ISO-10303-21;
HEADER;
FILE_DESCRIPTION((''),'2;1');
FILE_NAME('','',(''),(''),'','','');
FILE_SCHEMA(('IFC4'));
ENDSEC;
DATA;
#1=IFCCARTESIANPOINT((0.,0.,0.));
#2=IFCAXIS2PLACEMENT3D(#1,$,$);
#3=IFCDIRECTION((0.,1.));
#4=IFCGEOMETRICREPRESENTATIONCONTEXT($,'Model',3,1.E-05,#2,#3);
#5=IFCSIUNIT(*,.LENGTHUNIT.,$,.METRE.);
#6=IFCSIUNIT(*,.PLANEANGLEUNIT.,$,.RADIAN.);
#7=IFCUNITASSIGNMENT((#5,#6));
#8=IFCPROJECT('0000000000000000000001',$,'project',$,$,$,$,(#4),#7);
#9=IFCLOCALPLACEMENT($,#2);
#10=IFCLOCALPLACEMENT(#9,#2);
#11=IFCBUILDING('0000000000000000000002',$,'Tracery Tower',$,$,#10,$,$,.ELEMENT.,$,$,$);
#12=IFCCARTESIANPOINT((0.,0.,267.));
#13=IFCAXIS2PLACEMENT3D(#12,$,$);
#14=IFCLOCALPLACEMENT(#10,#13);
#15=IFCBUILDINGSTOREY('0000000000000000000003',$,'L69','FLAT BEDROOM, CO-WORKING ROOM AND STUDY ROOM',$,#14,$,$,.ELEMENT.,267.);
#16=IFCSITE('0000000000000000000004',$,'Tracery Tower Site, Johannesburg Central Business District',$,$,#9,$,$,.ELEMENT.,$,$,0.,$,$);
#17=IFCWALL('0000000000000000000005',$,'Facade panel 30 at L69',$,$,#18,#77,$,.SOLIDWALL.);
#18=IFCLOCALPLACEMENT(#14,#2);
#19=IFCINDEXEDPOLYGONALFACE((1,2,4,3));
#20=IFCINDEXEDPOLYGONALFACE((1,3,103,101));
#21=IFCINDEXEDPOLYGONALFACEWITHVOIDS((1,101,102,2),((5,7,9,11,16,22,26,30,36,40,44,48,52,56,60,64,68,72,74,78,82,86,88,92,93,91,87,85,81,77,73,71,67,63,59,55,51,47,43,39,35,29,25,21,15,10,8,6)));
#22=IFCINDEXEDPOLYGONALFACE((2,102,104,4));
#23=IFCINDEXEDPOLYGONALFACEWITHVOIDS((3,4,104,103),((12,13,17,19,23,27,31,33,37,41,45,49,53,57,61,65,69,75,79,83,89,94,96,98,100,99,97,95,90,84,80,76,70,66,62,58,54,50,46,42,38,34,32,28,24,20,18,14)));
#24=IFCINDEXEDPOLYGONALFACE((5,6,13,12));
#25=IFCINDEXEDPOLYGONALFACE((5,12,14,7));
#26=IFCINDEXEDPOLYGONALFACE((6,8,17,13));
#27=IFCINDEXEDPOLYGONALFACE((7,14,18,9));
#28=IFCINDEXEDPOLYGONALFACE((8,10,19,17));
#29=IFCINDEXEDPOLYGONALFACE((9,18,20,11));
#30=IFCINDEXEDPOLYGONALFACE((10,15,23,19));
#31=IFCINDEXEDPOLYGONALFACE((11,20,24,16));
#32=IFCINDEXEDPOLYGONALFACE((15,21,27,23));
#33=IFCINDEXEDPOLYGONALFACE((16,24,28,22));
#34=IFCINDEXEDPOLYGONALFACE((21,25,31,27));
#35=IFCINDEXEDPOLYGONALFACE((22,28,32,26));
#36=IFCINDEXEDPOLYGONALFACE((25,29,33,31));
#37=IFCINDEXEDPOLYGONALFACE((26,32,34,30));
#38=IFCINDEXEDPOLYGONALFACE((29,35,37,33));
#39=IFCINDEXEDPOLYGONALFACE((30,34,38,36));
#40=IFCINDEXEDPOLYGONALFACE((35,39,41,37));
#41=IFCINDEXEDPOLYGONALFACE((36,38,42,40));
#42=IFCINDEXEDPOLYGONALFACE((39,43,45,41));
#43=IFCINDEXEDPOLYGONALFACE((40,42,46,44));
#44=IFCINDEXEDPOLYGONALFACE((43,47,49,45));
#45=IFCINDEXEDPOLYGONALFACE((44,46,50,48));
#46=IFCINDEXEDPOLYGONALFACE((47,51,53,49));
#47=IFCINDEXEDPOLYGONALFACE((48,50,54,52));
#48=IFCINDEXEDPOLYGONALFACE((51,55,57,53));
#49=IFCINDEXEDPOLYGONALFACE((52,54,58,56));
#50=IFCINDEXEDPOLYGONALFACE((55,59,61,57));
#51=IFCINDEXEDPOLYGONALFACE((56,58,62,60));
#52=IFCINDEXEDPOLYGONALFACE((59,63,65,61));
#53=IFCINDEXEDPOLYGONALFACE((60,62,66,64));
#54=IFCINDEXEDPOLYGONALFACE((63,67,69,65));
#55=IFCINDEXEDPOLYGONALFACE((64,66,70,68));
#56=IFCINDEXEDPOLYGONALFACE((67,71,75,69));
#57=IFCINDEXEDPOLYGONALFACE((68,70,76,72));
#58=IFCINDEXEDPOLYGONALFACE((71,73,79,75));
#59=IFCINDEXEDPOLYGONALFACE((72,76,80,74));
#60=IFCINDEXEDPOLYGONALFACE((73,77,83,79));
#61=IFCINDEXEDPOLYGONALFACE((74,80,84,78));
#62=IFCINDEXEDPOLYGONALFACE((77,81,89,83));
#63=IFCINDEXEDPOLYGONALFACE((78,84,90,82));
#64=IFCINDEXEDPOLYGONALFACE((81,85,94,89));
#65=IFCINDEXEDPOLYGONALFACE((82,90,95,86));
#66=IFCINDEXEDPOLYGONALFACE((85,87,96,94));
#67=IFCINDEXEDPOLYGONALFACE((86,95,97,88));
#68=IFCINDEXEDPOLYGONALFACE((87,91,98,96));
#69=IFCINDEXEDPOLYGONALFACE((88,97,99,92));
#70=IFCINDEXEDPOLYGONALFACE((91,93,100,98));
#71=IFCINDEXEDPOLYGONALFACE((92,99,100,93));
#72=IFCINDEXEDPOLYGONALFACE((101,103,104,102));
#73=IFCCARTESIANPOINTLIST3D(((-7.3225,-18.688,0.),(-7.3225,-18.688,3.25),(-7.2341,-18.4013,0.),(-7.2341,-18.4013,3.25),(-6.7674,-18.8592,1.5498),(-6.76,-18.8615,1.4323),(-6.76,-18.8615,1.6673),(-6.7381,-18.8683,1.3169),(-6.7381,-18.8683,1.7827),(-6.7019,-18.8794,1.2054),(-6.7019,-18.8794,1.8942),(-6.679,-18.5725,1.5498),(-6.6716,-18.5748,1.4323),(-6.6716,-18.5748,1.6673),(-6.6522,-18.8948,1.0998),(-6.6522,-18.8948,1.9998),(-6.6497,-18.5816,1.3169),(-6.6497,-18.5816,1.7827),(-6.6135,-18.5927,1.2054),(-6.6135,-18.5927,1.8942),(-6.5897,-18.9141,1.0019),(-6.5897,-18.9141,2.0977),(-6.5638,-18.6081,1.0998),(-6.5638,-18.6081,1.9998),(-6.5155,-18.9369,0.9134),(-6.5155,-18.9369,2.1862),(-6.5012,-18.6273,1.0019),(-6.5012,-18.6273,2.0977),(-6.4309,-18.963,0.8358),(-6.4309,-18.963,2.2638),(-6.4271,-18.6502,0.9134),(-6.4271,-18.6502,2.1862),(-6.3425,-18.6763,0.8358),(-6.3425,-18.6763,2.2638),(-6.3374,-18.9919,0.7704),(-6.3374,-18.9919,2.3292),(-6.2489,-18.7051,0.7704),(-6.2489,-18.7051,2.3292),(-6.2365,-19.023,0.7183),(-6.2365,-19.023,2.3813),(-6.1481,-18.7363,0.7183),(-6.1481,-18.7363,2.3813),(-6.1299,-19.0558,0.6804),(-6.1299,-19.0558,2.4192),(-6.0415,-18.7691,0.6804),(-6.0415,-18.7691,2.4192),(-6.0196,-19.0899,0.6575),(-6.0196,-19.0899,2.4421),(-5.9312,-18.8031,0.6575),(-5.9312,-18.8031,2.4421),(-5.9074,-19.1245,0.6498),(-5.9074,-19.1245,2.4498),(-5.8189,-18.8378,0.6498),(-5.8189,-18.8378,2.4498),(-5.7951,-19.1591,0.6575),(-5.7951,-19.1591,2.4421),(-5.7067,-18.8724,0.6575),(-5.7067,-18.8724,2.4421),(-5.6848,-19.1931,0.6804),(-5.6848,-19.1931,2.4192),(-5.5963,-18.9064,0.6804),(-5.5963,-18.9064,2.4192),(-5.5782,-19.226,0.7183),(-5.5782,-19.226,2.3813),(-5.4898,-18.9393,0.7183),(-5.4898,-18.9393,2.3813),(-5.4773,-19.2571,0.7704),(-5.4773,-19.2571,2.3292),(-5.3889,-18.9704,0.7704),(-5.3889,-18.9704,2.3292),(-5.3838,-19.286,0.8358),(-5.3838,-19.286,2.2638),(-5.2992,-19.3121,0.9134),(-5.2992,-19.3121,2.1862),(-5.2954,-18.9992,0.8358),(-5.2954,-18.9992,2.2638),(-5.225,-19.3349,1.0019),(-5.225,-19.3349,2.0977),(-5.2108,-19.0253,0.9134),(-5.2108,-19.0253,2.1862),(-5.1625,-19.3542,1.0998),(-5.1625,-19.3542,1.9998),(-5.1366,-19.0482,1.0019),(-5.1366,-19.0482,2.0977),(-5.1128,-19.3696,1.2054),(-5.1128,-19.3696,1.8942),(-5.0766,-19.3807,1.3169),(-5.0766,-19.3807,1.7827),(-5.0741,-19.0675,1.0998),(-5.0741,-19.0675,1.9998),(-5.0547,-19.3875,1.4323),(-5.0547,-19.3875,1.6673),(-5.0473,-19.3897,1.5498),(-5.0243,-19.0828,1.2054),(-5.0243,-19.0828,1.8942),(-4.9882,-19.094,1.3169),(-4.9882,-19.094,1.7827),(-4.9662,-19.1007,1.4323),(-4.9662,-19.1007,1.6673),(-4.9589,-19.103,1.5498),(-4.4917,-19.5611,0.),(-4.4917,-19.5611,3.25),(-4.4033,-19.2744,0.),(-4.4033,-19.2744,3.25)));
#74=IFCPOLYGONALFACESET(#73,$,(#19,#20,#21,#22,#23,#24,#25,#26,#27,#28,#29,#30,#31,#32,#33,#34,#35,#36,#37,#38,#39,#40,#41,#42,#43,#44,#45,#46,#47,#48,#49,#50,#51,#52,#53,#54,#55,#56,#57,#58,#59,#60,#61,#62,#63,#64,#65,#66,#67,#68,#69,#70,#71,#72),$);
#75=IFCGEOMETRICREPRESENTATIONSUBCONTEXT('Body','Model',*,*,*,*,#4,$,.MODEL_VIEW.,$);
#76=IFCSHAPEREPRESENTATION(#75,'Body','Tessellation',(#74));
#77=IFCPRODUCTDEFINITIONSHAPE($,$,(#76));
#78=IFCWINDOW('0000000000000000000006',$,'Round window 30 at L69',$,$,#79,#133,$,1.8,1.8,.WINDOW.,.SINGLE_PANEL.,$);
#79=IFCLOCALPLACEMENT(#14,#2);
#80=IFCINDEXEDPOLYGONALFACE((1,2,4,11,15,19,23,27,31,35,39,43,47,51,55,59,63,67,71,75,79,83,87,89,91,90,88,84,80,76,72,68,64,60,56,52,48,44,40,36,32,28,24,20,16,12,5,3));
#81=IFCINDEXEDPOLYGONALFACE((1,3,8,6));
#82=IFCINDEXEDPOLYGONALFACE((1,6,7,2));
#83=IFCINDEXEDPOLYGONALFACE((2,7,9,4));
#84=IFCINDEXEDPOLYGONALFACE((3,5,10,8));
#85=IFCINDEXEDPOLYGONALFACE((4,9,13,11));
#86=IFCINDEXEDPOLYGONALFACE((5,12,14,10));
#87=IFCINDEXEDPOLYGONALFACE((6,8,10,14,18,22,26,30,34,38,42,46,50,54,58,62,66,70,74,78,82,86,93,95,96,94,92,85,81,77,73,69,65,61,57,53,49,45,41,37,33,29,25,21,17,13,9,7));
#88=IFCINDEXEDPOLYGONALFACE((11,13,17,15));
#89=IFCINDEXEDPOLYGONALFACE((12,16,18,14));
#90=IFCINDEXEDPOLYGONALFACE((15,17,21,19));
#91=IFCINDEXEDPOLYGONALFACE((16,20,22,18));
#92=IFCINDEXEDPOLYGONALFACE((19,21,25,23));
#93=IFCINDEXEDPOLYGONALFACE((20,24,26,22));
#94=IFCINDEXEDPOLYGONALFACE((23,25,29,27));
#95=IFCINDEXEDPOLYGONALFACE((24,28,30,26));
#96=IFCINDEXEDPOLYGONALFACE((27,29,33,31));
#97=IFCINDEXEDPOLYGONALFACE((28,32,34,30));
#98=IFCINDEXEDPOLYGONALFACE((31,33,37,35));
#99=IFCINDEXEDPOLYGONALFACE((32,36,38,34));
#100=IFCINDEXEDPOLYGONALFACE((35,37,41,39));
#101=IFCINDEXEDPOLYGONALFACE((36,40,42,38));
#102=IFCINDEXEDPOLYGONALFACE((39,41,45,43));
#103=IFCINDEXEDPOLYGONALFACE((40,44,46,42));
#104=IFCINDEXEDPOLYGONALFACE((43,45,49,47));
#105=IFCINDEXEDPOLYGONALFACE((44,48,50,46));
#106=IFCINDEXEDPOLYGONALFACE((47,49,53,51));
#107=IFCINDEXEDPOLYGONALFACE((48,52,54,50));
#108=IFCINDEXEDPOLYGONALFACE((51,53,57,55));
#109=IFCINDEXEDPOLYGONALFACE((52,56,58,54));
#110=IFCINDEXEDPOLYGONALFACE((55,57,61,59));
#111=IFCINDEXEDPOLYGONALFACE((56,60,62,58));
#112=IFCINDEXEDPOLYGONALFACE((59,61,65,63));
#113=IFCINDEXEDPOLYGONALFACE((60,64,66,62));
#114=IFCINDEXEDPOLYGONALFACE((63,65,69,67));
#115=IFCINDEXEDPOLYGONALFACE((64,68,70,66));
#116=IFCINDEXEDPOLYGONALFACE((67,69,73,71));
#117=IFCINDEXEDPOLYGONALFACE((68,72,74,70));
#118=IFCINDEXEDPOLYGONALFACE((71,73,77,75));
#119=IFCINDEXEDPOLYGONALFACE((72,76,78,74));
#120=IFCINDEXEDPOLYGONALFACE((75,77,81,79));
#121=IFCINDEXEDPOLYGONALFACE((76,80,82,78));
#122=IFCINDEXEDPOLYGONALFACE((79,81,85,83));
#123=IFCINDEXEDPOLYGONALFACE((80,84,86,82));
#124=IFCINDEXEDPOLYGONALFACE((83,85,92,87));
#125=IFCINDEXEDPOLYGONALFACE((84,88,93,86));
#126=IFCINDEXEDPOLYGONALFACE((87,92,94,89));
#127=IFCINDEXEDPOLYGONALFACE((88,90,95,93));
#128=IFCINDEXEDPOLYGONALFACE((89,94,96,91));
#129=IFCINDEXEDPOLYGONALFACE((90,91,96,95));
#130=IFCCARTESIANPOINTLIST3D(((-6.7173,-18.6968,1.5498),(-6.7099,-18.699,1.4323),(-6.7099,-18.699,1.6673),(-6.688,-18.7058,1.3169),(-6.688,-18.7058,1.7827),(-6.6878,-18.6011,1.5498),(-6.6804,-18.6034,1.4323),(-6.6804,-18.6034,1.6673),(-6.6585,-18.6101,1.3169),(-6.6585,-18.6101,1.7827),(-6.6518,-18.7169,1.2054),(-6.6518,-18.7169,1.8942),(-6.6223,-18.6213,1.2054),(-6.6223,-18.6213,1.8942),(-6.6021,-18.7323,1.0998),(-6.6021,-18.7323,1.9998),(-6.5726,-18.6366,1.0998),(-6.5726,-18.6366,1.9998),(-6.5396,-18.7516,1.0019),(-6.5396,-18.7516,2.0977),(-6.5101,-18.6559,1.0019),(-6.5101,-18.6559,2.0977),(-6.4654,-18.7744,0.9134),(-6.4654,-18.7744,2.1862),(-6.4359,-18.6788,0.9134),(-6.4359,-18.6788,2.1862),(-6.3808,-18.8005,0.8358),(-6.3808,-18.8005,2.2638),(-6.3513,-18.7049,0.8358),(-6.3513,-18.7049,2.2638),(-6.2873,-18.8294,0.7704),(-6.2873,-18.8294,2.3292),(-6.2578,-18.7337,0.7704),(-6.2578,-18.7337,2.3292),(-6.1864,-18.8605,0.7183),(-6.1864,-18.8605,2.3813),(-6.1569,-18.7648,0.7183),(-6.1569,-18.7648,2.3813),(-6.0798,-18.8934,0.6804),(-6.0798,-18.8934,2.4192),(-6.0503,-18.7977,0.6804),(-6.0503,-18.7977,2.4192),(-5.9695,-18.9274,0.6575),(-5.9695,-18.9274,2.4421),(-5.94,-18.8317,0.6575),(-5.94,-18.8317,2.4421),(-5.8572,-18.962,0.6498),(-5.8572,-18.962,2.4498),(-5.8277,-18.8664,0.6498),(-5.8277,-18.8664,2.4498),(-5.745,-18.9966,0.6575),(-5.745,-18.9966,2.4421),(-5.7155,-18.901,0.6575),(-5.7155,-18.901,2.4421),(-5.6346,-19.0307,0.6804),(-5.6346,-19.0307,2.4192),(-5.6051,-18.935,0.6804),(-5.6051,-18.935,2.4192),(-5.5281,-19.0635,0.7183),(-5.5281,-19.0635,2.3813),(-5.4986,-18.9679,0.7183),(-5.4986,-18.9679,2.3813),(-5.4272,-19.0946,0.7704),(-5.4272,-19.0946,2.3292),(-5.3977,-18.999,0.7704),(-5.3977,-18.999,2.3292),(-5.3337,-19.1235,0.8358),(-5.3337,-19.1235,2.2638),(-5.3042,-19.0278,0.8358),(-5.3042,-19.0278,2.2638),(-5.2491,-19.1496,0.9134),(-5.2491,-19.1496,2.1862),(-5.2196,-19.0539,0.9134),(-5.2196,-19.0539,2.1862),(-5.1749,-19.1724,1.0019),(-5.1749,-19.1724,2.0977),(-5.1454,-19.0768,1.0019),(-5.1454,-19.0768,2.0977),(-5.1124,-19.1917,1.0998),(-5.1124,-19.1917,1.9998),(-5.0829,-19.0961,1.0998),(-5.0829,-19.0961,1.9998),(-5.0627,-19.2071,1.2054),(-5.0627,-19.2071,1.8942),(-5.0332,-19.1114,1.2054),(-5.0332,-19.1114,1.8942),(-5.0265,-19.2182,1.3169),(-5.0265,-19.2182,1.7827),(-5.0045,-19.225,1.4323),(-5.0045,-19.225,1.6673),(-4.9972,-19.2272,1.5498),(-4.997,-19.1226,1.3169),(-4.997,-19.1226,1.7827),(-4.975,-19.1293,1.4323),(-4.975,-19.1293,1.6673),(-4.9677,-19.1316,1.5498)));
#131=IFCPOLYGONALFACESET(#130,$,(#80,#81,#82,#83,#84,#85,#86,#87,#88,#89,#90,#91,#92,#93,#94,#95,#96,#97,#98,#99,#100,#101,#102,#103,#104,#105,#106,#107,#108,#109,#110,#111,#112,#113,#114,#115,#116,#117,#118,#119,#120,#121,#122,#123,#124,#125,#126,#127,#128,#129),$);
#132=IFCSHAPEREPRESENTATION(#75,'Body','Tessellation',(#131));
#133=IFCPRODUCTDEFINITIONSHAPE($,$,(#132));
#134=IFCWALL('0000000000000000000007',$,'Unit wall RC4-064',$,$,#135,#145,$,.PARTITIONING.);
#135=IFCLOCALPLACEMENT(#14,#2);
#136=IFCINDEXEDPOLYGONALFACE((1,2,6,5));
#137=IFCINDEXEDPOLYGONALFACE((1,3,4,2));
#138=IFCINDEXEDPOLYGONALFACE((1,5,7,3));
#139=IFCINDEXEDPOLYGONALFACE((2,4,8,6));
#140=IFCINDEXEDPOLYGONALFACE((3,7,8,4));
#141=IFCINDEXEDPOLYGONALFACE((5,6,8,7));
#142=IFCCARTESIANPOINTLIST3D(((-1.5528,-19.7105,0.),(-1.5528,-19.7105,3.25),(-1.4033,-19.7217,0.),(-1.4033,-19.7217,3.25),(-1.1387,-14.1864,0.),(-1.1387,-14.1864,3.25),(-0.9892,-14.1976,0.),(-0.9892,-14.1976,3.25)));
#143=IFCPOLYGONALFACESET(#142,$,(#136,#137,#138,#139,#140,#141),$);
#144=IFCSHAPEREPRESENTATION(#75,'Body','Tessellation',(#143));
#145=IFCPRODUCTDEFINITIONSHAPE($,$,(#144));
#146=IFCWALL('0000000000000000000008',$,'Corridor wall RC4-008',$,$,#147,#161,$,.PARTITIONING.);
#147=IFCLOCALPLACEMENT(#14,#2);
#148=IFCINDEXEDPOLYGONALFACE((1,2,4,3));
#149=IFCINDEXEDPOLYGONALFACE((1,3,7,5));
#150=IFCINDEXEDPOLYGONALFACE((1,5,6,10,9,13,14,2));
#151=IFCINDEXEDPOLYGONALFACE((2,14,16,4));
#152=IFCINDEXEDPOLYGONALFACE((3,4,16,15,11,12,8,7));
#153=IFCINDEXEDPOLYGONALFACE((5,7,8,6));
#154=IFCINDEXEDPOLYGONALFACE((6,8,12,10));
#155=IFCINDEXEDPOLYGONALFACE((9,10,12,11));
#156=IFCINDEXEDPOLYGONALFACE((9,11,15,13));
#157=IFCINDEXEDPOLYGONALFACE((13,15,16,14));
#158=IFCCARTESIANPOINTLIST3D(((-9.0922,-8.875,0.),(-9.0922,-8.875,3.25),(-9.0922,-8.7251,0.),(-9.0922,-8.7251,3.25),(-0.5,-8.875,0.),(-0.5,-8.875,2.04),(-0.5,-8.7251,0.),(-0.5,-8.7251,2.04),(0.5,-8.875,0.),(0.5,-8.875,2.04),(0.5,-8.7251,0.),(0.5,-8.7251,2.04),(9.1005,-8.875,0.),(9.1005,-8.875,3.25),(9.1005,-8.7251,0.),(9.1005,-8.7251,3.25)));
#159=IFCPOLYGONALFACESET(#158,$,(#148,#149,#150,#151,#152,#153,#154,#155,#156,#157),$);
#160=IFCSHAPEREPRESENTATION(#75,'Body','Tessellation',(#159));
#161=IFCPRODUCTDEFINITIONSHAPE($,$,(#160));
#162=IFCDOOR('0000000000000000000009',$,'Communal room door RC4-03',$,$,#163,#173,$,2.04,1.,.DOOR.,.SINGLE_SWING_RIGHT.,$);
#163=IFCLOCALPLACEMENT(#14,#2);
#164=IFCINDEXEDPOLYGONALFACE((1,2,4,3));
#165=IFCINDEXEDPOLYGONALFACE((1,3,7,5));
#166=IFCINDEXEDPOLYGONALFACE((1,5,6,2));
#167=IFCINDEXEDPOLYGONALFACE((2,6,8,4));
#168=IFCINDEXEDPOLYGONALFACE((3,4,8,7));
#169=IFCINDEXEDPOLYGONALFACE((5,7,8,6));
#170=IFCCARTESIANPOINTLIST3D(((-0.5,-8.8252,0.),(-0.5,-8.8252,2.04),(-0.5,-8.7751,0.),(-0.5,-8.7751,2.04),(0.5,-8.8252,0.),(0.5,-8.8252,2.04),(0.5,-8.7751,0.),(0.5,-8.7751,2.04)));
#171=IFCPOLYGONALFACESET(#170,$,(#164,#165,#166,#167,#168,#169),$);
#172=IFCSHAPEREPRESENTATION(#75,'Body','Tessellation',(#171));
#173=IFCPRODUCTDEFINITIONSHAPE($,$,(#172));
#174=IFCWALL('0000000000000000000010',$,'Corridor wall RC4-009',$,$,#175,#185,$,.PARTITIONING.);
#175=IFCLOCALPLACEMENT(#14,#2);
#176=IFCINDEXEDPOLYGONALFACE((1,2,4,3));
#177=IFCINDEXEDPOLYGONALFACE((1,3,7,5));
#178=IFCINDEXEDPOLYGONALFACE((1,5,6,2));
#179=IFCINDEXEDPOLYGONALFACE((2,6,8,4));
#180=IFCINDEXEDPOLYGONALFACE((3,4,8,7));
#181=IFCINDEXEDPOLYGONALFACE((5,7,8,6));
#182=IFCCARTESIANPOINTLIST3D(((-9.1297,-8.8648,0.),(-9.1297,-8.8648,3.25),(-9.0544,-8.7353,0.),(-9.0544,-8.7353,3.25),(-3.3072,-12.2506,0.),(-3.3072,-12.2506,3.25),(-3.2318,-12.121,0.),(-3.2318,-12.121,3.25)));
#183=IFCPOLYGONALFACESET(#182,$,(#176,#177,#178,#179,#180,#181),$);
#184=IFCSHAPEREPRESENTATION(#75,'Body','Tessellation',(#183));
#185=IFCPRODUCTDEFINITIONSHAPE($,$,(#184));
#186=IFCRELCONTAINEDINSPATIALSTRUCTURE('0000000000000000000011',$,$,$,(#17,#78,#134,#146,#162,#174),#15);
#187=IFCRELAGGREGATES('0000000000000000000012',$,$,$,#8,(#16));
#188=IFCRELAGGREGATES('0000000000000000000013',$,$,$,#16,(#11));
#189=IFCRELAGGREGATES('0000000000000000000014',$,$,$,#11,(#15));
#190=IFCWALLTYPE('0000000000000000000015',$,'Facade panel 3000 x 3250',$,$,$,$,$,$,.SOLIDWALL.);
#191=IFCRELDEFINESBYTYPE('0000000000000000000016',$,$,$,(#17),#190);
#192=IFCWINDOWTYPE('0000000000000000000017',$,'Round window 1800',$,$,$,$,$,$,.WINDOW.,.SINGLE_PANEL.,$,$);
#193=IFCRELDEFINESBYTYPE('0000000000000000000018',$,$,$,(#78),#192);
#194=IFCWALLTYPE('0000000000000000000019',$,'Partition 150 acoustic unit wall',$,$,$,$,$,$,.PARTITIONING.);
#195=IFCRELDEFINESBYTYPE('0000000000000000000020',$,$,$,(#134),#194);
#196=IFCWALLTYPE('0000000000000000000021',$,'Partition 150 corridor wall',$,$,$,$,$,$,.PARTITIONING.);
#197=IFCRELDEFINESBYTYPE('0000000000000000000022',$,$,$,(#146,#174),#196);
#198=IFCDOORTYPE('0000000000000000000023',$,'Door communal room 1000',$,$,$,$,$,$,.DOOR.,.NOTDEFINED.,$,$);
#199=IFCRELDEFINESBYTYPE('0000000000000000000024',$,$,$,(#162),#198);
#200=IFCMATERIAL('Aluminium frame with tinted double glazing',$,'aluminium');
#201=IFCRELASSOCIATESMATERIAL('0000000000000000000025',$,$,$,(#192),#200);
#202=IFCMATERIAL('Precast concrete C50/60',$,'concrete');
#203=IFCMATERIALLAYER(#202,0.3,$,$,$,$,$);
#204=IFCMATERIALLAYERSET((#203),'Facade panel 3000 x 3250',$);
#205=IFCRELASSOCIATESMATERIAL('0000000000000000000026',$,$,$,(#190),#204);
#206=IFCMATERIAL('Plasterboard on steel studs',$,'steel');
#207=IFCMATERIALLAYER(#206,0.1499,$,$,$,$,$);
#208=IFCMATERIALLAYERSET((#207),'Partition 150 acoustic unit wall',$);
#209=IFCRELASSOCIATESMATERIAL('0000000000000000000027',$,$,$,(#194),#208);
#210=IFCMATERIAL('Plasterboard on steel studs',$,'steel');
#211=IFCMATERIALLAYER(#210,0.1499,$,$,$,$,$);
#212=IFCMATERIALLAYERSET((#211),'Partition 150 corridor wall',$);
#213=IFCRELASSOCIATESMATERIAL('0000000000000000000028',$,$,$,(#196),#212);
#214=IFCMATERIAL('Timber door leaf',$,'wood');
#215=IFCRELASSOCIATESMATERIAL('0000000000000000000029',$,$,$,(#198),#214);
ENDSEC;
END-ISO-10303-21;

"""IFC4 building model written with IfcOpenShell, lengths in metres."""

from ifc_helpers import new_model, si_unit, direction, frame, frame_2d, origin, origin_2d, place, context, subcontext, project, spatial, rectangle, circle, extrude, material, layer, layer_set, type_object, element, fill, save


model = new_model("IFC4")

# Units and contexts
model_context = context("Model", 3, precision=1e-05, world=origin(), true_north=direction((0.0, 1.0)))
body_context = subcontext(model_context, "Body", "Model", "MODEL_VIEW")
ifc_project = project(units=[si_unit("LENGTHUNIT", "METRE"), si_unit("PLANEANGLEUNIT", "RADIAN")], contexts=[model_context])

# Site, building, storey
site_placement = place(None, origin())
site = spatial("IfcSite", under=ifc_project, at=site_placement, Name="Tracery Tower Site, Johannesburg Central Business District", CompositionType="ELEMENT", RefElevation=0.0)
building_placement = place(site_placement, origin())
building = spatial("IfcBuilding", under=site, at=building_placement, Name="Tracery Tower", CompositionType="ELEMENT")
storey_placement = place(building_placement, frame((0.0, 0.0, 267.0)))
storey = spatial("IfcBuildingStorey", under=building, at=storey_placement, Name="L69", Description="FLAT BEDROOM, CO-WORKING ROOM AND STUDY ROOM", CompositionType="ELEMENT", Elevation=267.0)

# Wall, opening, window
ifc_material_1 = material(Name="Aluminium frame with tinted double glazing", Category="aluminium")
window_type = type_object("IfcWindowType", Name="Round window 1800", PartitioningType="SINGLE_PANEL", PredefinedType="WINDOW", material=ifc_material_1)
ifc_material_2 = material(Name="Precast concrete C50/60", Category="concrete")
ifc_layer_1 = layer(ifc_material_2, 0.3)
ifc_layer_set_1 = layer_set([ifc_layer_1], Name="Facade panel 3000 x 3250")
wall_type_1 = type_object("IfcWallType", Name="Facade panel 3000 x 3250", PredefinedType="SOLIDWALL", material=ifc_layer_set_1)
wall_1_placement = place(storey_placement, frame((-7.2783, -18.5447, 0.0), z_axis=(0.0, 0.0, 1.0), x_axis=(0.955586, -0.294711, 0.0)))
wall_1 = element("IfcWall", 1, at=wall_1_placement, inside=storey, type_object=wall_type_1, Name="Facade panel 30 at L69", PredefinedType="SOLIDWALL", context=body_context, shape_type="SweptSolid", body=[
    extrude(rectangle(XDim=2.9624, YDim=0.3, at=frame_2d((1.4812, 0.0))), origin(), (0.0, 0.0, 1.0), 3.25),
])
opening_1_placement = place(wall_1_placement, frame((1.481, 0.0, 1.5498)))
opening_1 = element("IfcOpeningElement", 2, at=opening_1_placement, cuts=wall_1, PredefinedType="OPENING", context=body_context, shape_type="SweptSolid", body=[
    extrude(circle(Radius=0.9, at=origin_2d()), frame((0.0, 0.1599, 0.0), z_axis=(0.0, -1.0, 0.0), x_axis=(1.0, 0.0, 0.0)), (0.0, 0.0, 1.0), 0.3201),
])
window_1_placement = place(opening_1_placement, origin())
window_1 = element("IfcWindow", 3, at=window_1_placement, inside=storey, type_object=window_type, Name="Round window 30 at L69", OverallHeight=1.8, OverallWidth=1.8, PartitioningType="SINGLE_PANEL", PredefinedType="WINDOW", context=body_context, shape_type="SweptSolid", body=[
    extrude(circle(Radius=0.9, at=origin_2d()), frame((0.0, 0.1201, 0.0), z_axis=(0.0, -1.0, 0.0), x_axis=(1.0, 0.0, 0.0)), (0.0, 0.0, 1.0), 0.1001),
])
fill(opening_1, window_1)

# Wall
ifc_material_3 = material(Name="Plasterboard on steel studs", Category="steel")
ifc_layer_2 = layer(ifc_material_3, 0.1499)
ifc_layer_set_2 = layer_set([ifc_layer_2], Name="Partition 150 acoustic unit wall")
wall_type_2 = type_object("IfcWallType", Name="Partition 150 acoustic unit wall", PredefinedType="PARTITIONING", material=ifc_layer_set_2)
wall_2_placement = place(storey_placement, frame((-1.478, -19.7161, 0.0), z_axis=(0.0, 0.0, 1.0), x_axis=(0.074745, 0.997203, 0.0)))
element("IfcWall", 4, at=wall_2_placement, inside=storey, type_object=wall_type_2, Name="Unit wall RC4-064", PredefinedType="PARTITIONING", context=body_context, shape_type="SweptSolid", body=[
    extrude(rectangle(XDim=5.5396, YDim=0.1499, at=frame_2d((2.7698, 0.0))), origin(), (0.0, 0.0, 1.0), 3.25),
])

# Wall, opening, door
ifc_material_4 = material(Name="Plasterboard on steel studs", Category="steel")
ifc_layer_3 = layer(ifc_material_4, 0.1499)
ifc_layer_set_3 = layer_set([ifc_layer_3], Name="Partition 150 corridor wall")
wall_type_3 = type_object("IfcWallType", Name="Partition 150 corridor wall", PredefinedType="PARTITIONING", material=ifc_layer_set_3)
wall_3_placement = place(storey_placement, frame((-9.092, -8.8, 0.0), z_axis=(0.0, 0.0, 1.0), x_axis=(1.0, 0.0, 0.0)))
wall_3 = element("IfcWall", 5, at=wall_3_placement, inside=storey, type_object=wall_type_3, Name="Corridor wall RC4-008", PredefinedType="PARTITIONING", context=body_context, shape_type="SweptSolid", body=[
    extrude(rectangle(XDim=18.1926, YDim=0.1499, at=frame_2d((9.0962, 0.0))), origin(), (0.0, 0.0, 1.0), 3.25),
])
opening_2_placement = place(wall_3_placement, frame((8.592, 0.0, 0.0)))
opening_2 = element("IfcOpeningElement", 6, at=opening_2_placement, cuts=wall_3, PredefinedType="OPENING", context=body_context, shape_type="SweptSolid", body=[
    extrude(rectangle(XDim=1.0, YDim=2.04, at=frame_2d((0.5, 1.02))), frame((0.0, 0.075, 0.0), z_axis=(0.0, -1.0, 0.0), x_axis=(1.0, 0.0, 0.0)), (0.0, 0.0, 1.0), 0.1499),
])
ifc_material_5 = material(Name="Timber door leaf", Category="wood")
door_type_1 = type_object("IfcDoorType", Name="Door communal room 1000", OperationType="NOTDEFINED", PredefinedType="DOOR", material=ifc_material_5)
door_1_placement = place(opening_2_placement, origin())
door_1 = element("IfcDoor", 7, at=door_1_placement, inside=storey, type_object=door_type_1, Name="Communal room door RC4-03", OperationType="SINGLE_SWING_RIGHT", OverallHeight=2.04, OverallWidth=1.0, PredefinedType="DOOR", context=body_context, shape_type="SweptSolid", body=[
    extrude(rectangle(XDim=1.0, YDim=2.04, at=frame_2d((0.5, 1.02))), frame((0.0, 0.0249, 0.0), z_axis=(0.0, -1.0, 0.0), x_axis=(1.0, 0.0, 0.0)), (0.0, 0.0, 1.0), 0.05),
])
fill(opening_2, door_1)

# Wall
wall_4_placement = place(storey_placement, frame((-9.092, -8.8, 0.0), z_axis=(0.0, 0.0, 1.0), x_axis=(0.864471, -0.502683, 0.0)))
element("IfcWall", 8, at=wall_4_placement, inside=storey, type_object=wall_type_3, Name="Corridor wall RC4-009", PredefinedType="PARTITIONING", context=body_context, shape_type="SweptSolid", body=[
    extrude(rectangle(XDim=6.7354, YDim=0.1499, at=frame_2d((3.3677, 0.0))), origin(), (0.0, 0.0, 1.0), 3.25),
])

save(model, "model.ifc")
